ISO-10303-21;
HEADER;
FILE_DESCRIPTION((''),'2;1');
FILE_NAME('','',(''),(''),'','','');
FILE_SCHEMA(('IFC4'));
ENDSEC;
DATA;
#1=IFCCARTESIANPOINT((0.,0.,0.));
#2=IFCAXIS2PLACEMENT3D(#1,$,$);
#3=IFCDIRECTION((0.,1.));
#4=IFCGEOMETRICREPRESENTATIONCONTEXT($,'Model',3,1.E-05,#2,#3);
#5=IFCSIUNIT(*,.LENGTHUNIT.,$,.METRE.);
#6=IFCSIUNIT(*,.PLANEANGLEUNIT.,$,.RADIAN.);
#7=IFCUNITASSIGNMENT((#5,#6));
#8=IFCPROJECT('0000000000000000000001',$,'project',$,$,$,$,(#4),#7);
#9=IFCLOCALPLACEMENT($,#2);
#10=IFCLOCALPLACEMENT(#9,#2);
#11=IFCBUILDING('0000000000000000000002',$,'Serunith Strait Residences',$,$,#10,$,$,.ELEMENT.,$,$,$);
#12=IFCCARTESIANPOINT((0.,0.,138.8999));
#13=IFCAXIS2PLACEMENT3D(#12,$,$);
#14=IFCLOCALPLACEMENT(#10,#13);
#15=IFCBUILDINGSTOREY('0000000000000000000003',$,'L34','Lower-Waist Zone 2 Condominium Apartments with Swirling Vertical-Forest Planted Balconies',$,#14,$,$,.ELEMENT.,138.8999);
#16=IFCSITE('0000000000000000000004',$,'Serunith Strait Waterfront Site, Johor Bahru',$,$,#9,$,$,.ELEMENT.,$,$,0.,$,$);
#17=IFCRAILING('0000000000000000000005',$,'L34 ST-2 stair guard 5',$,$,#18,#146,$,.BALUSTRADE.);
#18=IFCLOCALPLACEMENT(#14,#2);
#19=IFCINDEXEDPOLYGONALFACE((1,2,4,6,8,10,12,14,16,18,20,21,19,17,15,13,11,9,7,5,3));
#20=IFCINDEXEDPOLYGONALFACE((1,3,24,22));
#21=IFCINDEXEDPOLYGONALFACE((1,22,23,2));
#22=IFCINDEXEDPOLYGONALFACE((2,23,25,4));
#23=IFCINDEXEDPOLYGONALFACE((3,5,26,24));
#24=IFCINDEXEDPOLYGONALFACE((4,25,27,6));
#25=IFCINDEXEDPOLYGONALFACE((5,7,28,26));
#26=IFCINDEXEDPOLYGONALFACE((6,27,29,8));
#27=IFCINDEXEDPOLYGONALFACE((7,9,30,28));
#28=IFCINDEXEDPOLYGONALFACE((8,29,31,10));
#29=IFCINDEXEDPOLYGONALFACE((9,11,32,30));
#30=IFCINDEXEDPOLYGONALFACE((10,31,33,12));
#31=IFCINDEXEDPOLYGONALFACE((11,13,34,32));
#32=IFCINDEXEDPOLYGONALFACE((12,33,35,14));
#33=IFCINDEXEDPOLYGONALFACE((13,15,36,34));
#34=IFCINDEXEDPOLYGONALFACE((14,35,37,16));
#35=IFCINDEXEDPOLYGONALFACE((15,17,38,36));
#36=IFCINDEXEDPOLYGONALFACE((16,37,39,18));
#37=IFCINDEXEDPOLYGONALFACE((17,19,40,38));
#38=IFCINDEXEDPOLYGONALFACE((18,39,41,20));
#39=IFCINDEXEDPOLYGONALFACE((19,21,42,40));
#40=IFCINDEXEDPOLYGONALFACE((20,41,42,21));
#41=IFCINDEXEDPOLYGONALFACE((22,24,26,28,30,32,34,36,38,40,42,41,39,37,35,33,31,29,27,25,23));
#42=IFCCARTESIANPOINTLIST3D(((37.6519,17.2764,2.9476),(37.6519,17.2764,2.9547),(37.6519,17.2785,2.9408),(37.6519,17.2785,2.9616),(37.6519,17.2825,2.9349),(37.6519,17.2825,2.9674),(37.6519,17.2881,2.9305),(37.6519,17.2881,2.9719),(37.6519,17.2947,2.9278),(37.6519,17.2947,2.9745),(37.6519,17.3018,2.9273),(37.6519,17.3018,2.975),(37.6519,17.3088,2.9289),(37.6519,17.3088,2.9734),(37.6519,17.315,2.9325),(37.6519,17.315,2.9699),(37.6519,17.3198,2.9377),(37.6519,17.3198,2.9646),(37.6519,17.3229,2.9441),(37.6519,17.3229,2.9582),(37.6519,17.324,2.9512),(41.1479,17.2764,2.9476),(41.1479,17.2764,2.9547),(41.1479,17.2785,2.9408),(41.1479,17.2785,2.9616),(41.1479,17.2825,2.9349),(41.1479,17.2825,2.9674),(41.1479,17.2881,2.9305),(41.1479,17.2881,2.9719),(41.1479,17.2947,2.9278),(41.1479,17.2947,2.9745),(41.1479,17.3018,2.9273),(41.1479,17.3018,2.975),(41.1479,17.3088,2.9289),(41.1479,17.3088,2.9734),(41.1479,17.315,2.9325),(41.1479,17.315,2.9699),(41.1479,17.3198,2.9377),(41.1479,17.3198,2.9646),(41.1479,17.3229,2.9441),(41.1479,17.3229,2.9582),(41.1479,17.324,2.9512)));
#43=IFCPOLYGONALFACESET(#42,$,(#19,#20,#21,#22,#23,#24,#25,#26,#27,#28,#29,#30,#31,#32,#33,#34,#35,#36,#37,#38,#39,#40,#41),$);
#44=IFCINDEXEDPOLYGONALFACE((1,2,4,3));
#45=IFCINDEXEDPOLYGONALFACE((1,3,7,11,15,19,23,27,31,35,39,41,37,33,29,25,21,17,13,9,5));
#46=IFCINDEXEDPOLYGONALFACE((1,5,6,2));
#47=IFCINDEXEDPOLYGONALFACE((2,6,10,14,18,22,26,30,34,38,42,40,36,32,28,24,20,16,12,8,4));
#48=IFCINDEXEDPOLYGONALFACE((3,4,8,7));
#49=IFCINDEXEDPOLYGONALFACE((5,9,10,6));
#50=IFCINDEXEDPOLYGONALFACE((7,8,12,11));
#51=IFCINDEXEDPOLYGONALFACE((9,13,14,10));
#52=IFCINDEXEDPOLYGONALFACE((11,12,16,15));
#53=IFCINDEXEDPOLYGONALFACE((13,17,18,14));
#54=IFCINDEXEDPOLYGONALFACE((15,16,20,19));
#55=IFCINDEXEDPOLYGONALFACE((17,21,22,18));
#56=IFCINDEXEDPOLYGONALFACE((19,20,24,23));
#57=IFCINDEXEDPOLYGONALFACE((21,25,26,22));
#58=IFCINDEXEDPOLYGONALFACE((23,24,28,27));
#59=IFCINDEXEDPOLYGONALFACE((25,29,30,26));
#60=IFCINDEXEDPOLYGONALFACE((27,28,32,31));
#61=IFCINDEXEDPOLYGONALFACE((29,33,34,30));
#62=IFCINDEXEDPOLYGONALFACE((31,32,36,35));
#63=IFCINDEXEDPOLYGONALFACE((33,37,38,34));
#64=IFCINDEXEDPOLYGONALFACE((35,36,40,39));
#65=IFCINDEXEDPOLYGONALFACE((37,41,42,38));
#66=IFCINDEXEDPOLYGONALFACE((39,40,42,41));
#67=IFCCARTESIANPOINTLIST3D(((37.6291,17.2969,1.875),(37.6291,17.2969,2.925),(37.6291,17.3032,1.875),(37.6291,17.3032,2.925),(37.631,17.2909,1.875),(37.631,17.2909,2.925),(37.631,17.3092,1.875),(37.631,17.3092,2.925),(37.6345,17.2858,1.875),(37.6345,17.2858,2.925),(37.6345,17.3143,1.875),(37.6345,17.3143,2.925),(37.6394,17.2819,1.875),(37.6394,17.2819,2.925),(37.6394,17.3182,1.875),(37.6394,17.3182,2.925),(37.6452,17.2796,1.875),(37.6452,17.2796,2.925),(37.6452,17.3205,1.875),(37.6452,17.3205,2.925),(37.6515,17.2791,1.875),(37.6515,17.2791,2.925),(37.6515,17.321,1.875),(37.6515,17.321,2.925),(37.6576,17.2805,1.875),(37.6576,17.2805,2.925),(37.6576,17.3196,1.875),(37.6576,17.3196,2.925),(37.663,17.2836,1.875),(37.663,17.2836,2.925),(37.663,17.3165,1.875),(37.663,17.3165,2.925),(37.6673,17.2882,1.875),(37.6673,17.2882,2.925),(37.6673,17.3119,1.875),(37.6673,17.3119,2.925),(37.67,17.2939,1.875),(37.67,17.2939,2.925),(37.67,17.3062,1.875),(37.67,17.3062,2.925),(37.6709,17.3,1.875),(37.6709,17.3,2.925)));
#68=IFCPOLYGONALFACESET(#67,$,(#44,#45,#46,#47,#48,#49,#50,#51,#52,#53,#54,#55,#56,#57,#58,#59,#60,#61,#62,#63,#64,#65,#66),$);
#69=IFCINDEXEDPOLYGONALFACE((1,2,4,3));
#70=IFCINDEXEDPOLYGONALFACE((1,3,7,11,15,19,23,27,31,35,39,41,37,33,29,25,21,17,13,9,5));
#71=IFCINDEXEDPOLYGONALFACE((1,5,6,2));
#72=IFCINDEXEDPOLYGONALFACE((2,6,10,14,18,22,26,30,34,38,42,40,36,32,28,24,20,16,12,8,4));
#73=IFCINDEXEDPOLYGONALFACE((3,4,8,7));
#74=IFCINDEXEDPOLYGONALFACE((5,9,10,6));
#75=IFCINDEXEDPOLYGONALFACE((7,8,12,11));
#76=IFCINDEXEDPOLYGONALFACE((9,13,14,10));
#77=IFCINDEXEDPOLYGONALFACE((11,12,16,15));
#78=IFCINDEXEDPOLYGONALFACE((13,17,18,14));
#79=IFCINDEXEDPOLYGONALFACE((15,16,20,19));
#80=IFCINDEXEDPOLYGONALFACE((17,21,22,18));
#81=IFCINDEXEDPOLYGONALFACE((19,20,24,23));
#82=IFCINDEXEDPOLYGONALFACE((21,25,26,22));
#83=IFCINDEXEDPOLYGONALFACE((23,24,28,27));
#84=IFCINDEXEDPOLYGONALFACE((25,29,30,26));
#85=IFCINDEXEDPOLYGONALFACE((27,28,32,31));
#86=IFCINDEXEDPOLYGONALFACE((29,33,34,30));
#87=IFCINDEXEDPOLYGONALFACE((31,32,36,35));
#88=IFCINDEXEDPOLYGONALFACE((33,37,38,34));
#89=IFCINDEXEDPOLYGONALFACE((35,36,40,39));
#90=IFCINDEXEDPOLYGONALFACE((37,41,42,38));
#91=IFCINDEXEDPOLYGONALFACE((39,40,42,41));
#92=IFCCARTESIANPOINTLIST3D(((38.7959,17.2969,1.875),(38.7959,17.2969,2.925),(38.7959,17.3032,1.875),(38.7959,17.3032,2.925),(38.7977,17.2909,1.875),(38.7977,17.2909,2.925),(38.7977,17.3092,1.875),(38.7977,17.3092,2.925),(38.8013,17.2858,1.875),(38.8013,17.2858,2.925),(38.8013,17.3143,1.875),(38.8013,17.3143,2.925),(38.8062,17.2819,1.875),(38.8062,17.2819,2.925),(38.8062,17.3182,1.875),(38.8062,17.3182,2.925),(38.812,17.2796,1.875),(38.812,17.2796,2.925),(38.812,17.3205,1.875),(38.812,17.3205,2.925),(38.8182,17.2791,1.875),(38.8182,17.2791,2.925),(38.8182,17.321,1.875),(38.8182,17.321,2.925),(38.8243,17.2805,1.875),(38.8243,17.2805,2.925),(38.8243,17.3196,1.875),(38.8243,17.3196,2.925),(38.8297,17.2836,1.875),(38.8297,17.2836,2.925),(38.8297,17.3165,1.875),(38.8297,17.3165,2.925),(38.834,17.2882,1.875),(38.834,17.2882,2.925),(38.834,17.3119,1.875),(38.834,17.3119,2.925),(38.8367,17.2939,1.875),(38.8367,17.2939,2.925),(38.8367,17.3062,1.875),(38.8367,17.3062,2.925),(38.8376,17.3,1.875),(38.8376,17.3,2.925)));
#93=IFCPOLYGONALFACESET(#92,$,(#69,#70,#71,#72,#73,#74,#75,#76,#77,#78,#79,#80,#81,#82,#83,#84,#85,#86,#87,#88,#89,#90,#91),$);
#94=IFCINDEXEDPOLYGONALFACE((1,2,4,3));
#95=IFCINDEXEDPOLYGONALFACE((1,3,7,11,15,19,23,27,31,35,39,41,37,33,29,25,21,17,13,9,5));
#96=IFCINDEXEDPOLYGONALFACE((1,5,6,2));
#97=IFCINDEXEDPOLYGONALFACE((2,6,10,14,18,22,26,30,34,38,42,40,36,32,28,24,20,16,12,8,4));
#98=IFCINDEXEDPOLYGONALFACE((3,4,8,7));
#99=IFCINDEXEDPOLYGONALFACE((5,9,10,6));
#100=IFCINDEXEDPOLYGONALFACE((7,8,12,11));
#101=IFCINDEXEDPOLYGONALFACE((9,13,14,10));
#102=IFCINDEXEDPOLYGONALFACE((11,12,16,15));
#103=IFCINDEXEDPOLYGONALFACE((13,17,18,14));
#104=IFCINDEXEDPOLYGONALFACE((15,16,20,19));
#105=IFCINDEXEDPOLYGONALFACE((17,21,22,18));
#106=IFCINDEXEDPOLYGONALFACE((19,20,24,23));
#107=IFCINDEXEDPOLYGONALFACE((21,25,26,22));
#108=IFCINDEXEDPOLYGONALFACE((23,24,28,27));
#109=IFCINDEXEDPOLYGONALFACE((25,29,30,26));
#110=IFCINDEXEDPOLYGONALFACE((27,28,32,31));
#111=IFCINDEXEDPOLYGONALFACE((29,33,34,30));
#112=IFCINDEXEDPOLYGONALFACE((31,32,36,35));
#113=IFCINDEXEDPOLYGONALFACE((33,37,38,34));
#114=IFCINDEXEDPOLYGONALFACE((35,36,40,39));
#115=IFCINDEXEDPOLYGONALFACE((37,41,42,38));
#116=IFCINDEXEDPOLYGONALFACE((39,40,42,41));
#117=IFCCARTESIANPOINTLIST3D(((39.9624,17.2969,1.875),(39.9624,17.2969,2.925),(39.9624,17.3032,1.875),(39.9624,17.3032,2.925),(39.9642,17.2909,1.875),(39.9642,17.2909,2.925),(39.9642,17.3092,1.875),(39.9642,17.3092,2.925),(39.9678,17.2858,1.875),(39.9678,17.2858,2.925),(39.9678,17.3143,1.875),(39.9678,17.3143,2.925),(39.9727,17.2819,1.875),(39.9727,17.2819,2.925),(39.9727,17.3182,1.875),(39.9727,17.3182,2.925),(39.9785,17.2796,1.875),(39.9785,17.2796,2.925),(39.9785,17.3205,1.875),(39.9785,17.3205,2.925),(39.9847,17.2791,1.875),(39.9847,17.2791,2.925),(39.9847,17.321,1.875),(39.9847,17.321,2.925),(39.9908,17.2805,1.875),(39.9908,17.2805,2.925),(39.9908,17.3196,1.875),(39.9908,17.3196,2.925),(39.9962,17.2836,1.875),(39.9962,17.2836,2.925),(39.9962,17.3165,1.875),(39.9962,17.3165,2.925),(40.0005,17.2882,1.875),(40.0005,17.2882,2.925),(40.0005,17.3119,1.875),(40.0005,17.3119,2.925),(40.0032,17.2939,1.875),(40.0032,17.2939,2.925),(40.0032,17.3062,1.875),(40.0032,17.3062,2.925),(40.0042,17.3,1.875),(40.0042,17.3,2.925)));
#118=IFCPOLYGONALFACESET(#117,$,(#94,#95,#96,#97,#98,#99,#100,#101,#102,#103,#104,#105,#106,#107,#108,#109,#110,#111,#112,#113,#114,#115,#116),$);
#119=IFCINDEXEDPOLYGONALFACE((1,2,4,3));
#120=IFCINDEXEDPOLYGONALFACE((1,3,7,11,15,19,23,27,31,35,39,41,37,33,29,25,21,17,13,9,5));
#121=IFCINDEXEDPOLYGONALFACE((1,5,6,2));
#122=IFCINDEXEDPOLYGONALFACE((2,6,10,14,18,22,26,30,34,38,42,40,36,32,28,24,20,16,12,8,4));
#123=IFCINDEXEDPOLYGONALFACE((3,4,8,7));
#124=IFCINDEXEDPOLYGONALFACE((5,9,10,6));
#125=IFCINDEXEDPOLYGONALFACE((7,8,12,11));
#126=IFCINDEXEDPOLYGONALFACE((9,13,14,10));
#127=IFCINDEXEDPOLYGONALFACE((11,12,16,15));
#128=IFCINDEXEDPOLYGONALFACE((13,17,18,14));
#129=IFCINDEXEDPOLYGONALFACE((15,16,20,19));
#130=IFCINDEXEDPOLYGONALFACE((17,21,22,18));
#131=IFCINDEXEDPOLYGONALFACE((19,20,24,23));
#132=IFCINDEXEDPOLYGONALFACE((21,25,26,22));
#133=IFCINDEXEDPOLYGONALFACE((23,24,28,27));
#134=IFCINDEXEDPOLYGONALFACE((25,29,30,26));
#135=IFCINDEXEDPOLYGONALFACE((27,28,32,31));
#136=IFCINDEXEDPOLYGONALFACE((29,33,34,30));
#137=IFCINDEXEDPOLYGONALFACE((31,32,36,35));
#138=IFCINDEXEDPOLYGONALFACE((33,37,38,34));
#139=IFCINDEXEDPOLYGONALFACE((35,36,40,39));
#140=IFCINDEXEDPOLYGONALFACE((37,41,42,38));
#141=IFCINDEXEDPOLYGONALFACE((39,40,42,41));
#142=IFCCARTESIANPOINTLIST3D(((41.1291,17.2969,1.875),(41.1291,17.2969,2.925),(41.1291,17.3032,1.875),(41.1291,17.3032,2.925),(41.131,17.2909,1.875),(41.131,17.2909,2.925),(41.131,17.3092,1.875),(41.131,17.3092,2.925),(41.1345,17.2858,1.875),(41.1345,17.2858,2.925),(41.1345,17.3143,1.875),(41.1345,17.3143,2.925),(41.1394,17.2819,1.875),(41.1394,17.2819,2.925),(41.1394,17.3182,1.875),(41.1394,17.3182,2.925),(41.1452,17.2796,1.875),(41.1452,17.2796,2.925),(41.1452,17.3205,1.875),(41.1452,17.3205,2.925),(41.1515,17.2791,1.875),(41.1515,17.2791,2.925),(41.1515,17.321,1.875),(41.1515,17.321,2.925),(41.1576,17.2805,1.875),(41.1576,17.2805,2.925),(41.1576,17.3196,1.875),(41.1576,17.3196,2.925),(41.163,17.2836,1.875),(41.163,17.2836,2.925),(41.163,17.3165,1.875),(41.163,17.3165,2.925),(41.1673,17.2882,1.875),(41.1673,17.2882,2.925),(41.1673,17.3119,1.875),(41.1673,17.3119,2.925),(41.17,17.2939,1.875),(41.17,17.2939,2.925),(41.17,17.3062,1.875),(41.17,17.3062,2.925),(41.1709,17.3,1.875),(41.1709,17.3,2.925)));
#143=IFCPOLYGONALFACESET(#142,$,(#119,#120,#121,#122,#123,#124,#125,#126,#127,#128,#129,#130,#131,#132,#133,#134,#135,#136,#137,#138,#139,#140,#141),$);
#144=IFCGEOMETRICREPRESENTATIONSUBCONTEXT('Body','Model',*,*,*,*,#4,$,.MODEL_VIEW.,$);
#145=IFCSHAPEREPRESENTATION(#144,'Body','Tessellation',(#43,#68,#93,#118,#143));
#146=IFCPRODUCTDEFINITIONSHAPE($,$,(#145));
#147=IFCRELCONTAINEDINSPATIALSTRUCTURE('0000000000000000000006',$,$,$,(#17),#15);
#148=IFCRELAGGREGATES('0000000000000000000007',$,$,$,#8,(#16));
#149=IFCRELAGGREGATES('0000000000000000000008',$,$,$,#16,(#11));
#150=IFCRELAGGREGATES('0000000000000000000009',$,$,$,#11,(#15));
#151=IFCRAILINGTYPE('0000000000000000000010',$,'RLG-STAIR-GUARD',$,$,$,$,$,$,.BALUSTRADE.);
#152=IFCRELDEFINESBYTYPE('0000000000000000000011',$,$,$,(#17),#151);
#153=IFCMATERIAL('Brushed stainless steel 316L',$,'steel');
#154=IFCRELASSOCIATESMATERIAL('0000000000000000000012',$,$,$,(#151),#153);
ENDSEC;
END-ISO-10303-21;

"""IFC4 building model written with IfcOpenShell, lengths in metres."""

from ifc_helpers import new_model, si_unit, direction, frame, origin, origin_2d, place, context, subcontext, project, spatial, circle, extrude, material, type_object, element, save


model = new_model("IFC4")

# Units and contexts
model_context = context("Model", 3, precision=1e-05, world=origin(), true_north=direction((0.0, 1.0)))
body_context = subcontext(model_context, "Body", "Model", "MODEL_VIEW")
ifc_project = project(units=[si_unit("LENGTHUNIT", "METRE"), si_unit("PLANEANGLEUNIT", "RADIAN")], contexts=[model_context])

# Site, building, storey
site_placement = place(None, origin())
site = spatial("IfcSite", under=ifc_project, at=site_placement, Name="Serunith Strait Waterfront Site, Johor Bahru", CompositionType="ELEMENT", RefElevation=0.0)
building_placement = place(site_placement, origin())
building = spatial("IfcBuilding", under=site, at=building_placement, Name="Serunith Strait Residences", CompositionType="ELEMENT")
storey_placement = place(building_placement, frame((0.0, 0.0, 138.8999)))
storey = spatial("IfcBuildingStorey", under=building, at=storey_placement, Name="L34", Description="Lower-Waist Zone 2 Condominium Apartments with Swirling Vertical-Forest Planted Balconies", CompositionType="ELEMENT", Elevation=138.8999)

# Railing
ifc_material_1 = material(Name="Brushed stainless steel 316L", Category="steel")
railing_type_1 = type_object("IfcRailingType", Name="RLG-STAIR-GUARD", PredefinedType="BALUSTRADE", material=ifc_material_1)
railing_1_placement = place(storey_placement, frame((37.6499, 17.3, 1.875)))
element("IfcRailing", 1, at=railing_1_placement, inside=storey, type_object=railing_type_1, Name="L34 ST-2 stair guard 5", PredefinedType="BALUSTRADE", context=body_context, shape_type="SweptSolid", body=[
    extrude(circle(Radius=0.0239, at=origin_2d()), frame((0.002, 0.0, 1.0762), z_axis=(1.0, 0.0, 0.0), x_axis=(0.0, 1.0, 0.0)), (0.0, 0.0, 1.0), 3.4961),
    extrude(circle(Radius=0.021, at=origin_2d()), origin(), (0.0, 0.0, 1.0), 1.05),
    extrude(circle(Radius=0.021, at=origin_2d()), frame((1.1667, 0.0, 0.0)), (0.0, 0.0, 1.0), 1.05),
    extrude(circle(Radius=0.021, at=origin_2d()), frame((2.3333, 0.0, 0.0)), (0.0, 0.0, 1.0), 1.05),
    extrude(circle(Radius=0.021, at=origin_2d()), frame((3.5, 0.0, 0.0)), (0.0, 0.0, 1.0), 1.05),
])

save(model, "model.ifc")
